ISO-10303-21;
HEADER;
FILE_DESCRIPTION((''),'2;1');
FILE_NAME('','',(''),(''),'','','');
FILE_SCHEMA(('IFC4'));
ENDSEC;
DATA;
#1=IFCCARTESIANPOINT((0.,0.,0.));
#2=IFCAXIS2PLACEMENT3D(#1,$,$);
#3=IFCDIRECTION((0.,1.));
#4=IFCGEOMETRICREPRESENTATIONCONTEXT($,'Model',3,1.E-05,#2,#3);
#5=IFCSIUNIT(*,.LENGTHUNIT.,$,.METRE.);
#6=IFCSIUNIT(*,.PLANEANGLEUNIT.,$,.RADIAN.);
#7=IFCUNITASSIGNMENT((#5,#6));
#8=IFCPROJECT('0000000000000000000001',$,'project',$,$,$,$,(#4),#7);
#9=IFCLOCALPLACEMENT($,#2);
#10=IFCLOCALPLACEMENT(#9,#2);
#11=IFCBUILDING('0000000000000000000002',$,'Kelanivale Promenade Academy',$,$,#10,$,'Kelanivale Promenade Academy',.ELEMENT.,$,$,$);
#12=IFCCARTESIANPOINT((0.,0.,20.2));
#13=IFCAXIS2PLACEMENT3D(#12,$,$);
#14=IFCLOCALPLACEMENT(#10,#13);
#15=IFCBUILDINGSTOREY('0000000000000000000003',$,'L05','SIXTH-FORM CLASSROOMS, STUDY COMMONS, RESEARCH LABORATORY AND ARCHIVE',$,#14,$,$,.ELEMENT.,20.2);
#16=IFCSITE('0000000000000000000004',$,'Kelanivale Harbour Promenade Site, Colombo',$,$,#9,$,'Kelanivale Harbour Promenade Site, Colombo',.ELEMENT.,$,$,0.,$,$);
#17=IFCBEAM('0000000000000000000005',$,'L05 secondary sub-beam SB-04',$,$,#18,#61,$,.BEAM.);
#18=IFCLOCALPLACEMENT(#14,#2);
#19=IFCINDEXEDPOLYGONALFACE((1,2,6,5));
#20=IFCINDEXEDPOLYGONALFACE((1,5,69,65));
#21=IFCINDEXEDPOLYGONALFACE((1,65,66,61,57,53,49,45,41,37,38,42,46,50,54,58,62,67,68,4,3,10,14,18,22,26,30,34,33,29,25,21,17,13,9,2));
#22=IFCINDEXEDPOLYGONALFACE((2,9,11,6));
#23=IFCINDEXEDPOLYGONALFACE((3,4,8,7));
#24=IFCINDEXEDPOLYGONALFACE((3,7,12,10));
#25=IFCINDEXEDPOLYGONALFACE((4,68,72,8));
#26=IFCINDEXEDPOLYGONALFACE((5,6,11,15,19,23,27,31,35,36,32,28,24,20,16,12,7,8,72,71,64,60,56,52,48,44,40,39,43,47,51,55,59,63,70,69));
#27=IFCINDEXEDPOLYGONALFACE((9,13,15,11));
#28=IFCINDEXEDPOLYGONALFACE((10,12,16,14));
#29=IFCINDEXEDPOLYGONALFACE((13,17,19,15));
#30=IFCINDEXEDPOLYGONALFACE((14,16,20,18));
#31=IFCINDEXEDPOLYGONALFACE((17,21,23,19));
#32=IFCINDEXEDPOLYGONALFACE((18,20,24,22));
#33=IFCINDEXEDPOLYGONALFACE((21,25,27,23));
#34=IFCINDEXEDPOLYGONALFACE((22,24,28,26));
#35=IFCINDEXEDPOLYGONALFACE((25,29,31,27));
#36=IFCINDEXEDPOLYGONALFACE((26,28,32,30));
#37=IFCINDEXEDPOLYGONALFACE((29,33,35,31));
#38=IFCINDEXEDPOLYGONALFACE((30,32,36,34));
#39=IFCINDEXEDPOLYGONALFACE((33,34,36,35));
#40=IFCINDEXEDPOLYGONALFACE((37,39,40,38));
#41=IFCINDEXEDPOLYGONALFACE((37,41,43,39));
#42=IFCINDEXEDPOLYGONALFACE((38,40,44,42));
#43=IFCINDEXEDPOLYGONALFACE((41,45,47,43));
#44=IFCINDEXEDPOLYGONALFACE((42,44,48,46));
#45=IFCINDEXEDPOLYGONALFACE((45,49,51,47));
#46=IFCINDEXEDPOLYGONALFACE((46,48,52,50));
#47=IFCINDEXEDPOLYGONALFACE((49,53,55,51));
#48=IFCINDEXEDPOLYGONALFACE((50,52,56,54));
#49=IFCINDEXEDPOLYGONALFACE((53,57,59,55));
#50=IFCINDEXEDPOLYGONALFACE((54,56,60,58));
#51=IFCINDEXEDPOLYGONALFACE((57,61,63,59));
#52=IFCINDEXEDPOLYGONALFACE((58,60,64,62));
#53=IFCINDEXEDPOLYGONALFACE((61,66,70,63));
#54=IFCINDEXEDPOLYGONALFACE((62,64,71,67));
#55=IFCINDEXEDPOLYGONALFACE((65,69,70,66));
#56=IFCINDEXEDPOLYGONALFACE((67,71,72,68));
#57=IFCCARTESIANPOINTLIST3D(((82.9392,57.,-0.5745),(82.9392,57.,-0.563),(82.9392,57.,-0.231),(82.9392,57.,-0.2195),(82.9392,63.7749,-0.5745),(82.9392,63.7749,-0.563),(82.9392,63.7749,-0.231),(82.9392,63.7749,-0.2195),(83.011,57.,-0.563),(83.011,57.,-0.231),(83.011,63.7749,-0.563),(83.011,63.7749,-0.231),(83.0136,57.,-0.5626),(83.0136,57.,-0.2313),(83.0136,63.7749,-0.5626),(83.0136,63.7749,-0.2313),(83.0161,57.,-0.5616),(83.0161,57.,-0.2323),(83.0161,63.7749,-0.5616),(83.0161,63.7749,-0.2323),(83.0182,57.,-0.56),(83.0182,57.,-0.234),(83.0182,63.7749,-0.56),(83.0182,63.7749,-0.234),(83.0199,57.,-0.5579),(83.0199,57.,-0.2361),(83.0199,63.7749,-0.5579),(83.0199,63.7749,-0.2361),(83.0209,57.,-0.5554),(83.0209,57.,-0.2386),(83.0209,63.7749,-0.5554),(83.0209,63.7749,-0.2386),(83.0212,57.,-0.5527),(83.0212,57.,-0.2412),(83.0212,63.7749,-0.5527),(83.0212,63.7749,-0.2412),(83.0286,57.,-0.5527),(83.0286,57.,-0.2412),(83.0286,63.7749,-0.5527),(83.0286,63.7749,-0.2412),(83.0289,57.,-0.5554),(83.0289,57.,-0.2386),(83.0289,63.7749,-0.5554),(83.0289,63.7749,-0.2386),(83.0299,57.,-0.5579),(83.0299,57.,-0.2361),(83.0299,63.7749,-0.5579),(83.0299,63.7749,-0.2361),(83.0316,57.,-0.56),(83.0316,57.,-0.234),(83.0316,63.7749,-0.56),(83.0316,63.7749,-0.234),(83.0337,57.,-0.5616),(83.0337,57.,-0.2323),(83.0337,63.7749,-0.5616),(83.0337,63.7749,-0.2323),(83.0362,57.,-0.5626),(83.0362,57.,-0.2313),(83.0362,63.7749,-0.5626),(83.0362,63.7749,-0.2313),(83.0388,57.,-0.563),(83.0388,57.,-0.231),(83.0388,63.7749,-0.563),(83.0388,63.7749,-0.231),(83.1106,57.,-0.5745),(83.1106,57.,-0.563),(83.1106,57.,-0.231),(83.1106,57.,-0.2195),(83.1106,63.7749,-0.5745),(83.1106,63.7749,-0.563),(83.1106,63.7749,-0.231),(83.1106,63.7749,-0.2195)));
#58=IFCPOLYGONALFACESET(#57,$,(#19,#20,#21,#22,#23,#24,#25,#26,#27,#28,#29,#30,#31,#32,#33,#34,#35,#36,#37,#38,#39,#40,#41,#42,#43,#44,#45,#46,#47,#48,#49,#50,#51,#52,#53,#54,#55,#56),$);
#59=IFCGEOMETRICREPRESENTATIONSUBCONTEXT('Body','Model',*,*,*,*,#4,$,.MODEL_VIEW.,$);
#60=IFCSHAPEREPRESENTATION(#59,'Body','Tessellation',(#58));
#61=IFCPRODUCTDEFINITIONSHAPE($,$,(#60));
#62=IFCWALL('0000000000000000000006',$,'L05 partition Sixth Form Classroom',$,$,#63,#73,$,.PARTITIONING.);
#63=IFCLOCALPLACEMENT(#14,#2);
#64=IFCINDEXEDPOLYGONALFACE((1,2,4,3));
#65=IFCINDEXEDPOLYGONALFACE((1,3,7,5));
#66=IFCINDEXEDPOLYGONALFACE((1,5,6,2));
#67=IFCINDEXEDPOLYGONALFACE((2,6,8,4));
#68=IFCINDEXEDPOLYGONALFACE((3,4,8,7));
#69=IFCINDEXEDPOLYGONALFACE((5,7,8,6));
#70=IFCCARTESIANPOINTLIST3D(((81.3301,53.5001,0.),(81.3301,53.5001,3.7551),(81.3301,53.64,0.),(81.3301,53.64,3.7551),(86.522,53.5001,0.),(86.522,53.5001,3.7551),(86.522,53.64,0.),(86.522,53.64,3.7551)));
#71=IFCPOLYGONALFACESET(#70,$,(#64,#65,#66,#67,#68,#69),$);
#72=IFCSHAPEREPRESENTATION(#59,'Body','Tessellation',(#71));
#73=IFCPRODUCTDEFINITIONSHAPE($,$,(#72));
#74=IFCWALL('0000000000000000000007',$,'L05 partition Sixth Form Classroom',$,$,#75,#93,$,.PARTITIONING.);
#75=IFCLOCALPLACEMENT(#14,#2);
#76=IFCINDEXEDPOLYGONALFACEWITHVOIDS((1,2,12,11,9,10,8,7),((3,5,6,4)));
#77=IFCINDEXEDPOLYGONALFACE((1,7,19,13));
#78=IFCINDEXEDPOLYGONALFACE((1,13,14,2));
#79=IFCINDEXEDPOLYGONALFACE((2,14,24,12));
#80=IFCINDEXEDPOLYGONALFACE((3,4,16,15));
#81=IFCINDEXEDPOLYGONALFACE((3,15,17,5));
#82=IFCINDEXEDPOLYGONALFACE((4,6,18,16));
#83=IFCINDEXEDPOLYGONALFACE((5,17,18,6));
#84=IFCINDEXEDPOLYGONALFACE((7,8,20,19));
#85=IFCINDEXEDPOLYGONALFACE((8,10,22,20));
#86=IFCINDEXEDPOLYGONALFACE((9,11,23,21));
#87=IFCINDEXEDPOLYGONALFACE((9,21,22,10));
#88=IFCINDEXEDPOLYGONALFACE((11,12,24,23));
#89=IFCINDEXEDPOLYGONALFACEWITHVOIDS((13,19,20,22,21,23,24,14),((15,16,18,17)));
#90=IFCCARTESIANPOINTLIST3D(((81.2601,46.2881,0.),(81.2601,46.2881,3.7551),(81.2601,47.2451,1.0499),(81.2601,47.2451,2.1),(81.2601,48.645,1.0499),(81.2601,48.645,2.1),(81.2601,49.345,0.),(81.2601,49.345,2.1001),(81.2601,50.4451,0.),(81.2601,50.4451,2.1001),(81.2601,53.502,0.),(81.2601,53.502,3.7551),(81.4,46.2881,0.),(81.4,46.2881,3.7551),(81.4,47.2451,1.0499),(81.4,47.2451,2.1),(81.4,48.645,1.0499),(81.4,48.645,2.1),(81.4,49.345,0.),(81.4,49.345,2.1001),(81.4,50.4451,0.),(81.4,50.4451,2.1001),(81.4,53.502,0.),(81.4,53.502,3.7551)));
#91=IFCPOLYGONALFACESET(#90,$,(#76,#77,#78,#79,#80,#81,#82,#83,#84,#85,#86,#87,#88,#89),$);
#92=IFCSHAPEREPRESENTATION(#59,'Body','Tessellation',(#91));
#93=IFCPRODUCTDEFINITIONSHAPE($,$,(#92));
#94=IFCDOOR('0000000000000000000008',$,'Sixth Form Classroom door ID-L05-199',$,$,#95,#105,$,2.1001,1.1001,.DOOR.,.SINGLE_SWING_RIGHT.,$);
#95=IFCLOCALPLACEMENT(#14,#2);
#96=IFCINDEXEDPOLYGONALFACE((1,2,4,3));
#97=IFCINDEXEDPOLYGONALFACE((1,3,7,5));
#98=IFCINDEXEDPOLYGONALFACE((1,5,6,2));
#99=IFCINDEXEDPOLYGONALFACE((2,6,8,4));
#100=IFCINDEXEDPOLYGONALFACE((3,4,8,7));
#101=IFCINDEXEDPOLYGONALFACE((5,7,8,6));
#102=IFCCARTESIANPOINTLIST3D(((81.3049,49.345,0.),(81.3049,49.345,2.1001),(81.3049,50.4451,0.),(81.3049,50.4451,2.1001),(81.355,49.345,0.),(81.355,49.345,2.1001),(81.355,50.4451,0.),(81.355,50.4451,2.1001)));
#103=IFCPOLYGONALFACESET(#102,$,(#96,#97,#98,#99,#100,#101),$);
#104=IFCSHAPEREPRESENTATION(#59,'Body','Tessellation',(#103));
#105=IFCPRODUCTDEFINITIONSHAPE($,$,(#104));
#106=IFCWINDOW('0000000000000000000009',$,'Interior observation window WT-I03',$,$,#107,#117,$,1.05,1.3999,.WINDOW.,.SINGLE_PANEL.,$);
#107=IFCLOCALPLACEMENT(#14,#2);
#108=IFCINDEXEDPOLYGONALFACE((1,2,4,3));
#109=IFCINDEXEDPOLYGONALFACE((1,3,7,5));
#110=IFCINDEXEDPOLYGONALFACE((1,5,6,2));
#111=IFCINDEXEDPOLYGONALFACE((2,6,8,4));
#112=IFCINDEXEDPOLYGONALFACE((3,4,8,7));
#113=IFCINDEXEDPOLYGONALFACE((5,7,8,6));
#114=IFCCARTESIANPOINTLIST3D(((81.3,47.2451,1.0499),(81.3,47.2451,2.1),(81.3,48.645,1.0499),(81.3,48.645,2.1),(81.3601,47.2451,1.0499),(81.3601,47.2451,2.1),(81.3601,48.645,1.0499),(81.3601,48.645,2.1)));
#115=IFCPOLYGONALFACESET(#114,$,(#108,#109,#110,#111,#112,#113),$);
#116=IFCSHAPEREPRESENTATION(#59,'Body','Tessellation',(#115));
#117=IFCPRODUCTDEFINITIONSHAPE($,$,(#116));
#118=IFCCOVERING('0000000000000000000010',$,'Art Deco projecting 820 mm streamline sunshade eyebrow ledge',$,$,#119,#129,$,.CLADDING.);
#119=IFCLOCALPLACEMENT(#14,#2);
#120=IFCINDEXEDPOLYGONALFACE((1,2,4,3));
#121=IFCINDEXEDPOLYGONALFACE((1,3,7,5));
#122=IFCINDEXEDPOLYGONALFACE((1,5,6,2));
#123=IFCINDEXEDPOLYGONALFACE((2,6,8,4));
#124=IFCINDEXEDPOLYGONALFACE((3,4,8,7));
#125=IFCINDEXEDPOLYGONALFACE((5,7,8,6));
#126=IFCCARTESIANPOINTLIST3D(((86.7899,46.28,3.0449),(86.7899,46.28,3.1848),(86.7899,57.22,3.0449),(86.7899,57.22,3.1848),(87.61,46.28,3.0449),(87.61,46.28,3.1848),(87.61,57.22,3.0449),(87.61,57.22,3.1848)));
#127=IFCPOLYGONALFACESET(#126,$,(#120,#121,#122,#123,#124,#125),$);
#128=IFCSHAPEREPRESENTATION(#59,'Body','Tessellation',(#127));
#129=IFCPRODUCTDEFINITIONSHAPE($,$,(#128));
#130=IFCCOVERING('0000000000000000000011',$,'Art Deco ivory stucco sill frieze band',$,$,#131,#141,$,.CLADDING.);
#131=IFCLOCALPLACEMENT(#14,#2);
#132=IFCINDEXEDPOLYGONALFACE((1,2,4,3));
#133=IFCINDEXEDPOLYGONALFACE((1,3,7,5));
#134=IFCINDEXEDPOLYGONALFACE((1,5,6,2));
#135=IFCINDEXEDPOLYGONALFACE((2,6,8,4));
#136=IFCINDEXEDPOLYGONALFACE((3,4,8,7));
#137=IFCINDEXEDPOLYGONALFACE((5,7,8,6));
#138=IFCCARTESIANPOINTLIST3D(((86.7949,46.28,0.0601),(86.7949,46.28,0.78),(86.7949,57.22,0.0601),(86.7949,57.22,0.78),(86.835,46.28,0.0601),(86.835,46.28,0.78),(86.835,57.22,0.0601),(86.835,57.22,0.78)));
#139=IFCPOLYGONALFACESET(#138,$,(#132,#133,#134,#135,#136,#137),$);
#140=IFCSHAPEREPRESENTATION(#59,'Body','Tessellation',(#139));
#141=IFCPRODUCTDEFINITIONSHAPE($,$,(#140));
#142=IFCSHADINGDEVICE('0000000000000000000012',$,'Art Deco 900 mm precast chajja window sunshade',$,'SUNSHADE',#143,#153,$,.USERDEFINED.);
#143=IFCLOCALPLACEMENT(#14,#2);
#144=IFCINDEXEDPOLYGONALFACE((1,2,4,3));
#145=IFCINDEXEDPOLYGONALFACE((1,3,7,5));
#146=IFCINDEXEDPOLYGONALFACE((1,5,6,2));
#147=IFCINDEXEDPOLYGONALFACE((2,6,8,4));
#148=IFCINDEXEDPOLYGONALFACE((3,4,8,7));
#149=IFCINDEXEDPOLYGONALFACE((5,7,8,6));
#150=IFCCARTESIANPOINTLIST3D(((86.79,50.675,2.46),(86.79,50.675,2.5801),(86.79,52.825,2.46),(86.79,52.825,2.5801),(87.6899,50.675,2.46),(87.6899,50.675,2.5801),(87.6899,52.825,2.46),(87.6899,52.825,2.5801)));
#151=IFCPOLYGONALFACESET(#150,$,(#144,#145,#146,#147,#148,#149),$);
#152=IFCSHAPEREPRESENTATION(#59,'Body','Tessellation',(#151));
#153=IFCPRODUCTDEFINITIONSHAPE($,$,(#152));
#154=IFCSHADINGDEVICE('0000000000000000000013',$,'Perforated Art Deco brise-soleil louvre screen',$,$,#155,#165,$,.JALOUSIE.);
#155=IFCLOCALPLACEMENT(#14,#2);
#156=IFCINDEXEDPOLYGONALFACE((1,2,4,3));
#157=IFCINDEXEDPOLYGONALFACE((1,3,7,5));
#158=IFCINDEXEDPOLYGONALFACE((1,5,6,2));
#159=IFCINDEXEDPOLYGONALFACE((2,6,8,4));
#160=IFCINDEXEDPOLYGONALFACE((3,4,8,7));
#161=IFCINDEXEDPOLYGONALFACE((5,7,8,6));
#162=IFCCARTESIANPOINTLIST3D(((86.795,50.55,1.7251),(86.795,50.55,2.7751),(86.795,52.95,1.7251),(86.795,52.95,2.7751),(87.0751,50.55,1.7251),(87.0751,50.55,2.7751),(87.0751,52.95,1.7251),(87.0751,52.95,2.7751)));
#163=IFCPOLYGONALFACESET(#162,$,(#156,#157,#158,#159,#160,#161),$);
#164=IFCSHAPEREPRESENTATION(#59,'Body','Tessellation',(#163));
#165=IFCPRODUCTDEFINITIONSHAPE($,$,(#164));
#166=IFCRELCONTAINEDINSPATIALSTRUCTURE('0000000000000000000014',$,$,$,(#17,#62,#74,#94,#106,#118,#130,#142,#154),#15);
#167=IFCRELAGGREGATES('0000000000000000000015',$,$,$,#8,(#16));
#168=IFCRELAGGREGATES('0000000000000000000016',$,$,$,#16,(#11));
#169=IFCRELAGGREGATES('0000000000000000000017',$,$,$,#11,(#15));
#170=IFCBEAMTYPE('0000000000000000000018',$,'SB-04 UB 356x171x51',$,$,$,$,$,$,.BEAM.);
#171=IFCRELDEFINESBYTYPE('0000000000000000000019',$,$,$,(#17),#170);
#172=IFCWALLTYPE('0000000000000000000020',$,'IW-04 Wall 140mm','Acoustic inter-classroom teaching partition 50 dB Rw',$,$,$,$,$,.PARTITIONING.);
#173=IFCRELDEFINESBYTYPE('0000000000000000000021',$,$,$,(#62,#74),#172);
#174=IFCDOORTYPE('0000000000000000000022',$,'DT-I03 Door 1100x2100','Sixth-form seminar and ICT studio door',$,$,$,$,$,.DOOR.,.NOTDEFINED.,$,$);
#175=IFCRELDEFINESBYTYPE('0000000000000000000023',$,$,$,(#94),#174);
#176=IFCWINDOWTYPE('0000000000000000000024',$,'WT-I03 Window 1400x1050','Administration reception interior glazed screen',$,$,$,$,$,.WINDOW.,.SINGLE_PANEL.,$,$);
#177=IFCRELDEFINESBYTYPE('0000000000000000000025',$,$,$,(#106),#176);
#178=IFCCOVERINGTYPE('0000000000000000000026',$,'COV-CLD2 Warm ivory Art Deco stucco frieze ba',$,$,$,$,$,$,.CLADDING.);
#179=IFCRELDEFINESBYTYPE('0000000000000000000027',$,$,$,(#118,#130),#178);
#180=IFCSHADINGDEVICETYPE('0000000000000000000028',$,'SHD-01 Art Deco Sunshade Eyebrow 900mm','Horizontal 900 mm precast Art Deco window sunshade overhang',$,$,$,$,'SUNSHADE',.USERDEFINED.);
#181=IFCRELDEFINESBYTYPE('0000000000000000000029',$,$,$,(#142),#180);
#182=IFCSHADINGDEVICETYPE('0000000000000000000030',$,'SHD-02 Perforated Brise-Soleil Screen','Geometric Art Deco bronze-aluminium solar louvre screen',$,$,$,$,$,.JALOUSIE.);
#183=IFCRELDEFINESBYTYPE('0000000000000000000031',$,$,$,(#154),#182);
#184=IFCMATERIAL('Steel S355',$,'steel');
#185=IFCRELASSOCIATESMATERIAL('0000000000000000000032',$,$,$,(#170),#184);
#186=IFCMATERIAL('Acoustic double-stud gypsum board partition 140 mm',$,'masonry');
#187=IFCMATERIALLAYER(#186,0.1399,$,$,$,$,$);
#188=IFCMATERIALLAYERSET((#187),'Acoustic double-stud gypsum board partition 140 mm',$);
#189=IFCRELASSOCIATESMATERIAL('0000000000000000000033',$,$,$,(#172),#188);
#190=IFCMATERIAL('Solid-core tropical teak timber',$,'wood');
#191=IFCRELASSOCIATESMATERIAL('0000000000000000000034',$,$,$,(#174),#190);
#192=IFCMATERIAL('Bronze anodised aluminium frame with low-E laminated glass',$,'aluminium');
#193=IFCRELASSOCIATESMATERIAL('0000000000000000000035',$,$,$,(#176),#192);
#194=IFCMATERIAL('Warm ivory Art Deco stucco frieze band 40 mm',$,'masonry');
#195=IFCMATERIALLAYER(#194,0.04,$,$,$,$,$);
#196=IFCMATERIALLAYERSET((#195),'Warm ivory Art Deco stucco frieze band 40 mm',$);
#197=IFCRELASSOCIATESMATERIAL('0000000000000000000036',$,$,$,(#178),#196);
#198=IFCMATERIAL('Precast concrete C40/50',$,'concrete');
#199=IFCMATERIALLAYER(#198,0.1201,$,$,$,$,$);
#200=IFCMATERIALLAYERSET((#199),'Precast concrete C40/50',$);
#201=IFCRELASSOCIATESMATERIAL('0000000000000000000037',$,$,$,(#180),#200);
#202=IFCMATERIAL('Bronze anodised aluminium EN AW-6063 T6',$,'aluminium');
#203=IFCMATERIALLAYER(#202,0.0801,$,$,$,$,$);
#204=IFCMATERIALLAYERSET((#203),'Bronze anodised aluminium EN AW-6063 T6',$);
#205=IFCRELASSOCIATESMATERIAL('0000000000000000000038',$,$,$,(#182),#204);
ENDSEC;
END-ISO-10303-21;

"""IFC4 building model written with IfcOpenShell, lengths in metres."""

from ifc_helpers import new_model, si_unit, direction, frame, frame_2d, origin, origin_2d, place, context, subcontext, project, spatial, rectangle, i_section, extrude, material, layer, layer_set, material_profile, profile_set, type_object, element, fill, save


model = new_model("IFC4")

# Units and contexts
model_context = context("Model", 3, precision=1e-05, world=origin(), true_north=direction((0.0, 1.0)))
body_context = subcontext(model_context, "Body", "Model", "MODEL_VIEW")
ifc_project = project(units=[si_unit("LENGTHUNIT", "METRE"), si_unit("PLANEANGLEUNIT", "RADIAN")], contexts=[model_context])

# Site, building, storey
site_placement = place(None, origin())
site = spatial("IfcSite", under=ifc_project, at=site_placement, Name="Kelanivale Harbour Promenade Site, Colombo", LongName="Kelanivale Harbour Promenade Site, Colombo", CompositionType="ELEMENT", RefElevation=0.0)
building_placement = place(site_placement, origin())
building = spatial("IfcBuilding", under=site, at=building_placement, Name="Kelanivale Promenade Academy", LongName="Kelanivale Promenade Academy", CompositionType="ELEMENT")
storey_placement = place(building_placement, frame((0.0, 0.0, 20.2)))
storey = spatial("IfcBuildingStorey", under=building, at=storey_placement, Name="L05", Description="SIXTH-FORM CLASSROOMS, STUDY COMMONS, RESEARCH LABORATORY AND ARCHIVE", CompositionType="ELEMENT", Elevation=20.2)

# Beam
ifc_material_1 = material(Name="Steel S355", Category="steel")
ifc_material_profile_1 = material_profile(ifc_material_1, i_section(OverallWidth=0.1714, OverallDepth=0.355, WebThickness=0.0073, FlangeThickness=0.0115, FilletRadius=0.0103, at=origin_2d()), Name="UB 356x171x51")
ifc_profile_set_1 = profile_set([ifc_material_profile_1], Name="Steel S355")
beam_type_1 = type_object("IfcBeamType", Name="SB-04 UB 356x171x51", PredefinedType="BEAM", material=ifc_profile_set_1)
beam_1_placement = place(storey_placement, frame((83.0249, 57.0, -0.397), z_axis=(0.0, 1.0, 0.0), x_axis=(-1.0, 0.0, 0.0)))
element("IfcBeam", 1, at=beam_1_placement, inside=storey, type_object=beam_type_1, Name="L05 secondary sub-beam SB-04", PredefinedType="BEAM", context=body_context, shape_type="SweptSolid", body=[
    extrude(i_section(OverallWidth=0.1714, OverallDepth=0.355, WebThickness=0.0073, FlangeThickness=0.0115, FilletRadius=0.0103, at=origin_2d()), origin(), (0.0, 0.0, 1.0), 6.7749),
])

# Wall
ifc_material_2 = material(Name="Acoustic double-stud gypsum board partition 140 mm", Category="masonry")
ifc_layer_1 = layer(ifc_material_2, 0.1399)
ifc_layer_set_1 = layer_set([ifc_layer_1], Name="Acoustic double-stud gypsum board partition 140 mm")
wall_type = type_object("IfcWallType", Name="IW-04 Wall 140mm", Description="Acoustic inter-classroom teaching partition 50 dB Rw", PredefinedType="PARTITIONING", material=ifc_layer_set_1)
wall_1_placement = place(storey_placement, frame((86.522, 53.5701, 0.0), z_axis=(0.0, 0.0, 1.0), x_axis=(-1.0, 0.0, 0.0)))
element("IfcWall", 2, at=wall_1_placement, inside=storey, type_object=wall_type, Name="L05 partition Sixth Form Classroom", PredefinedType="PARTITIONING", context=body_context, shape_type="SweptSolid", body=[
    extrude(rectangle(XDim=5.1919, YDim=0.1399, at=frame_2d((2.5959, 0.0))), origin(), (0.0, 0.0, 1.0), 3.7551),
])

# Wall, openings, door, window
wall_2_placement = place(storey_placement, frame((81.3301, 53.502, 0.0), z_axis=(0.0, 0.0, 1.0), x_axis=(0.0, -1.0, 0.0)))
wall_2 = element("IfcWall", 3, at=wall_2_placement, inside=storey, type_object=wall_type, Name="L05 partition Sixth Form Classroom", PredefinedType="PARTITIONING", context=body_context, shape_type="SweptSolid", body=[
    extrude(rectangle(XDim=7.2139, YDim=0.1399, at=frame_2d((3.6069, 0.0))), origin(), (0.0, 0.0, 1.0), 3.7551),
])
opening_1_placement = place(wall_2_placement, frame((3.0569, 0.0, 0.0)))
opening_1 = element("IfcOpeningElement", 4, at=opening_1_placement, cuts=wall_2, PredefinedType="OPENING", context=body_context, shape_type="SweptSolid", body=[
    extrude(rectangle(XDim=1.1001, YDim=2.1001, at=frame_2d((0.55, 1.05))), frame((0.0, 0.0801, 0.0), z_axis=(0.0, -1.0, 0.0), x_axis=(1.0, 0.0, 0.0)), (0.0, 0.0, 1.0), 0.1599),
])
opening_2_placement = place(wall_2_placement, frame((4.8569, 0.0, 1.05)))
opening_2 = element("IfcOpeningElement", 5, at=opening_2_placement, cuts=wall_2, PredefinedType="OPENING", context=body_context, shape_type="SweptSolid", body=[
    extrude(rectangle(XDim=1.3999, YDim=1.05, at=frame_2d((0.7, 0.5249))), frame((0.0, 0.0801, 0.0), z_axis=(0.0, -1.0, 0.0), x_axis=(1.0, 0.0, 0.0)), (0.0, 0.0, 1.0), 0.1599),
])
ifc_material_3 = material(Name="Solid-core tropical teak timber", Category="wood")
door_type = type_object("IfcDoorType", Name="DT-I03 Door 1100x2100", Description="Sixth-form seminar and ICT studio door", OperationType="NOTDEFINED", PredefinedType="DOOR", material=ifc_material_3)
door_placement = place(opening_1_placement, origin())
door = element("IfcDoor", 6, at=door_placement, inside=storey, type_object=door_type, Name="Sixth Form Classroom door ID-L05-199", OperationType="SINGLE_SWING_RIGHT", OverallHeight=2.1001, OverallWidth=1.1001, PredefinedType="DOOR", context=body_context, shape_type="SweptSolid", body=[
    extrude(rectangle(XDim=1.1001, YDim=2.1001, at=frame_2d((0.55, 1.05))), frame((0.0, 0.0249, 0.0), z_axis=(0.0, -1.0, 0.0), x_axis=(1.0, 0.0, 0.0)), (0.0, 0.0, 1.0), 0.05),
])
fill(opening_1, door)
ifc_material_4 = material(Name="Bronze anodised aluminium frame with low-E laminated glass", Category="aluminium")
window_type = type_object("IfcWindowType", Name="WT-I03 Window 1400x1050", Description="Administration reception interior glazed screen", PartitioningType="SINGLE_PANEL", PredefinedType="WINDOW", material=ifc_material_4)
window_placement = place(opening_2_placement, origin())
window = element("IfcWindow", 7, at=window_placement, inside=storey, type_object=window_type, Name="Interior observation window WT-I03", OverallHeight=1.05, OverallWidth=1.3999, PartitioningType="SINGLE_PANEL", PredefinedType="WINDOW", context=body_context, shape_type="SweptSolid", body=[
    extrude(rectangle(XDim=1.3999, YDim=1.05, at=frame_2d((0.7, 0.5249))), frame((0.0, 0.03, 0.0), z_axis=(0.0, -1.0, 0.0), x_axis=(1.0, 0.0, 0.0)), (0.0, 0.0, 1.0), 0.0601),
])
fill(opening_2, window)

# Coverings
ifc_material_5 = material(Name="Warm ivory Art Deco stucco frieze band 40 mm", Category="masonry")
ifc_layer_2 = layer(ifc_material_5, 0.04)
ifc_layer_set_2 = layer_set([ifc_layer_2], Name="Warm ivory Art Deco stucco frieze band 40 mm")
covering_type = type_object("IfcCoveringType", Name="COV-CLD2 Warm ivory Art Deco stucco frieze ba", PredefinedType="CLADDING", material=ifc_layer_set_2)
covering_1_placement = place(storey_placement, frame((87.2, 51.75, 3.0449), z_axis=(0.0, 0.0, 1.0), x_axis=(0.0, 1.0, 0.0)))
element("IfcCovering", 8, at=covering_1_placement, inside=storey, type_object=covering_type, Name="Art Deco projecting 820 mm streamline sunshade eyebrow ledge", PredefinedType="CLADDING", context=body_context, shape_type="SweptSolid", body=[
    extrude(rectangle(XDim=10.9399, YDim=0.8201, at=origin_2d()), origin(), (0.0, 0.0, 1.0), 0.1399),
])
covering_2_placement = place(storey_placement, frame((86.8149, 51.75, 0.0601), z_axis=(0.0, 0.0, 1.0), x_axis=(0.0, 1.0, 0.0)))
element("IfcCovering", 9, at=covering_2_placement, inside=storey, type_object=covering_type, Name="Art Deco ivory stucco sill frieze band", PredefinedType="CLADDING", context=body_context, shape_type="SweptSolid", body=[
    extrude(rectangle(XDim=10.9399, YDim=0.04, at=origin_2d()), origin(), (0.0, 0.0, 1.0), 0.72),
])

# Shading devices
ifc_material_6 = material(Name="Precast concrete C40/50", Category="concrete")
ifc_layer_3 = layer(ifc_material_6, 0.1201)
ifc_layer_set_3 = layer_set([ifc_layer_3], Name="Precast concrete C40/50")
shading_device_type_1 = type_object("IfcShadingDeviceType", Name="SHD-01 Art Deco Sunshade Eyebrow 900mm", Description="Horizontal 900 mm precast Art Deco window sunshade overhang", ElementType="SUNSHADE", PredefinedType="USERDEFINED", material=ifc_layer_set_3)
shading_device_1_placement = place(storey_placement, frame((87.24, 51.75, 2.46), z_axis=(0.0, 0.0, 1.0), x_axis=(0.0, 1.0, 0.0)))
element("IfcShadingDevice", 10, at=shading_device_1_placement, inside=storey, type_object=shading_device_type_1, Name="Art Deco 900 mm precast chajja window sunshade", ObjectType="SUNSHADE", PredefinedType="USERDEFINED", context=body_context, shape_type="SweptSolid", body=[
    extrude(rectangle(XDim=2.1499, YDim=0.8999, at=origin_2d()), origin(), (0.0, 0.0, 1.0), 0.1201),
])
ifc_material_7 = material(Name="Bronze anodised aluminium EN AW-6063 T6", Category="aluminium")
ifc_layer_4 = layer(ifc_material_7, 0.0801)
ifc_layer_set_4 = layer_set([ifc_layer_4], Name="Bronze anodised aluminium EN AW-6063 T6")
shading_device_type_2 = type_object("IfcShadingDeviceType", Name="SHD-02 Perforated Brise-Soleil Screen", Description="Geometric Art Deco bronze-aluminium solar louvre screen", PredefinedType="JALOUSIE", material=ifc_layer_set_4)
shading_device_2_placement = place(storey_placement, frame((86.9351, 51.75, 1.7251), z_axis=(0.0, 0.0, 1.0), x_axis=(0.0, 1.0, 0.0)))
element("IfcShadingDevice", 11, at=shading_device_2_placement, inside=storey, type_object=shading_device_type_2, Name="Perforated Art Deco brise-soleil louvre screen", PredefinedType="JALOUSIE", context=body_context, shape_type="SweptSolid", body=[
    extrude(rectangle(XDim=2.3999, YDim=0.28, at=origin_2d()), origin(), (0.0, 0.0, 1.0), 1.05),
])

save(model, "model.ifc")
